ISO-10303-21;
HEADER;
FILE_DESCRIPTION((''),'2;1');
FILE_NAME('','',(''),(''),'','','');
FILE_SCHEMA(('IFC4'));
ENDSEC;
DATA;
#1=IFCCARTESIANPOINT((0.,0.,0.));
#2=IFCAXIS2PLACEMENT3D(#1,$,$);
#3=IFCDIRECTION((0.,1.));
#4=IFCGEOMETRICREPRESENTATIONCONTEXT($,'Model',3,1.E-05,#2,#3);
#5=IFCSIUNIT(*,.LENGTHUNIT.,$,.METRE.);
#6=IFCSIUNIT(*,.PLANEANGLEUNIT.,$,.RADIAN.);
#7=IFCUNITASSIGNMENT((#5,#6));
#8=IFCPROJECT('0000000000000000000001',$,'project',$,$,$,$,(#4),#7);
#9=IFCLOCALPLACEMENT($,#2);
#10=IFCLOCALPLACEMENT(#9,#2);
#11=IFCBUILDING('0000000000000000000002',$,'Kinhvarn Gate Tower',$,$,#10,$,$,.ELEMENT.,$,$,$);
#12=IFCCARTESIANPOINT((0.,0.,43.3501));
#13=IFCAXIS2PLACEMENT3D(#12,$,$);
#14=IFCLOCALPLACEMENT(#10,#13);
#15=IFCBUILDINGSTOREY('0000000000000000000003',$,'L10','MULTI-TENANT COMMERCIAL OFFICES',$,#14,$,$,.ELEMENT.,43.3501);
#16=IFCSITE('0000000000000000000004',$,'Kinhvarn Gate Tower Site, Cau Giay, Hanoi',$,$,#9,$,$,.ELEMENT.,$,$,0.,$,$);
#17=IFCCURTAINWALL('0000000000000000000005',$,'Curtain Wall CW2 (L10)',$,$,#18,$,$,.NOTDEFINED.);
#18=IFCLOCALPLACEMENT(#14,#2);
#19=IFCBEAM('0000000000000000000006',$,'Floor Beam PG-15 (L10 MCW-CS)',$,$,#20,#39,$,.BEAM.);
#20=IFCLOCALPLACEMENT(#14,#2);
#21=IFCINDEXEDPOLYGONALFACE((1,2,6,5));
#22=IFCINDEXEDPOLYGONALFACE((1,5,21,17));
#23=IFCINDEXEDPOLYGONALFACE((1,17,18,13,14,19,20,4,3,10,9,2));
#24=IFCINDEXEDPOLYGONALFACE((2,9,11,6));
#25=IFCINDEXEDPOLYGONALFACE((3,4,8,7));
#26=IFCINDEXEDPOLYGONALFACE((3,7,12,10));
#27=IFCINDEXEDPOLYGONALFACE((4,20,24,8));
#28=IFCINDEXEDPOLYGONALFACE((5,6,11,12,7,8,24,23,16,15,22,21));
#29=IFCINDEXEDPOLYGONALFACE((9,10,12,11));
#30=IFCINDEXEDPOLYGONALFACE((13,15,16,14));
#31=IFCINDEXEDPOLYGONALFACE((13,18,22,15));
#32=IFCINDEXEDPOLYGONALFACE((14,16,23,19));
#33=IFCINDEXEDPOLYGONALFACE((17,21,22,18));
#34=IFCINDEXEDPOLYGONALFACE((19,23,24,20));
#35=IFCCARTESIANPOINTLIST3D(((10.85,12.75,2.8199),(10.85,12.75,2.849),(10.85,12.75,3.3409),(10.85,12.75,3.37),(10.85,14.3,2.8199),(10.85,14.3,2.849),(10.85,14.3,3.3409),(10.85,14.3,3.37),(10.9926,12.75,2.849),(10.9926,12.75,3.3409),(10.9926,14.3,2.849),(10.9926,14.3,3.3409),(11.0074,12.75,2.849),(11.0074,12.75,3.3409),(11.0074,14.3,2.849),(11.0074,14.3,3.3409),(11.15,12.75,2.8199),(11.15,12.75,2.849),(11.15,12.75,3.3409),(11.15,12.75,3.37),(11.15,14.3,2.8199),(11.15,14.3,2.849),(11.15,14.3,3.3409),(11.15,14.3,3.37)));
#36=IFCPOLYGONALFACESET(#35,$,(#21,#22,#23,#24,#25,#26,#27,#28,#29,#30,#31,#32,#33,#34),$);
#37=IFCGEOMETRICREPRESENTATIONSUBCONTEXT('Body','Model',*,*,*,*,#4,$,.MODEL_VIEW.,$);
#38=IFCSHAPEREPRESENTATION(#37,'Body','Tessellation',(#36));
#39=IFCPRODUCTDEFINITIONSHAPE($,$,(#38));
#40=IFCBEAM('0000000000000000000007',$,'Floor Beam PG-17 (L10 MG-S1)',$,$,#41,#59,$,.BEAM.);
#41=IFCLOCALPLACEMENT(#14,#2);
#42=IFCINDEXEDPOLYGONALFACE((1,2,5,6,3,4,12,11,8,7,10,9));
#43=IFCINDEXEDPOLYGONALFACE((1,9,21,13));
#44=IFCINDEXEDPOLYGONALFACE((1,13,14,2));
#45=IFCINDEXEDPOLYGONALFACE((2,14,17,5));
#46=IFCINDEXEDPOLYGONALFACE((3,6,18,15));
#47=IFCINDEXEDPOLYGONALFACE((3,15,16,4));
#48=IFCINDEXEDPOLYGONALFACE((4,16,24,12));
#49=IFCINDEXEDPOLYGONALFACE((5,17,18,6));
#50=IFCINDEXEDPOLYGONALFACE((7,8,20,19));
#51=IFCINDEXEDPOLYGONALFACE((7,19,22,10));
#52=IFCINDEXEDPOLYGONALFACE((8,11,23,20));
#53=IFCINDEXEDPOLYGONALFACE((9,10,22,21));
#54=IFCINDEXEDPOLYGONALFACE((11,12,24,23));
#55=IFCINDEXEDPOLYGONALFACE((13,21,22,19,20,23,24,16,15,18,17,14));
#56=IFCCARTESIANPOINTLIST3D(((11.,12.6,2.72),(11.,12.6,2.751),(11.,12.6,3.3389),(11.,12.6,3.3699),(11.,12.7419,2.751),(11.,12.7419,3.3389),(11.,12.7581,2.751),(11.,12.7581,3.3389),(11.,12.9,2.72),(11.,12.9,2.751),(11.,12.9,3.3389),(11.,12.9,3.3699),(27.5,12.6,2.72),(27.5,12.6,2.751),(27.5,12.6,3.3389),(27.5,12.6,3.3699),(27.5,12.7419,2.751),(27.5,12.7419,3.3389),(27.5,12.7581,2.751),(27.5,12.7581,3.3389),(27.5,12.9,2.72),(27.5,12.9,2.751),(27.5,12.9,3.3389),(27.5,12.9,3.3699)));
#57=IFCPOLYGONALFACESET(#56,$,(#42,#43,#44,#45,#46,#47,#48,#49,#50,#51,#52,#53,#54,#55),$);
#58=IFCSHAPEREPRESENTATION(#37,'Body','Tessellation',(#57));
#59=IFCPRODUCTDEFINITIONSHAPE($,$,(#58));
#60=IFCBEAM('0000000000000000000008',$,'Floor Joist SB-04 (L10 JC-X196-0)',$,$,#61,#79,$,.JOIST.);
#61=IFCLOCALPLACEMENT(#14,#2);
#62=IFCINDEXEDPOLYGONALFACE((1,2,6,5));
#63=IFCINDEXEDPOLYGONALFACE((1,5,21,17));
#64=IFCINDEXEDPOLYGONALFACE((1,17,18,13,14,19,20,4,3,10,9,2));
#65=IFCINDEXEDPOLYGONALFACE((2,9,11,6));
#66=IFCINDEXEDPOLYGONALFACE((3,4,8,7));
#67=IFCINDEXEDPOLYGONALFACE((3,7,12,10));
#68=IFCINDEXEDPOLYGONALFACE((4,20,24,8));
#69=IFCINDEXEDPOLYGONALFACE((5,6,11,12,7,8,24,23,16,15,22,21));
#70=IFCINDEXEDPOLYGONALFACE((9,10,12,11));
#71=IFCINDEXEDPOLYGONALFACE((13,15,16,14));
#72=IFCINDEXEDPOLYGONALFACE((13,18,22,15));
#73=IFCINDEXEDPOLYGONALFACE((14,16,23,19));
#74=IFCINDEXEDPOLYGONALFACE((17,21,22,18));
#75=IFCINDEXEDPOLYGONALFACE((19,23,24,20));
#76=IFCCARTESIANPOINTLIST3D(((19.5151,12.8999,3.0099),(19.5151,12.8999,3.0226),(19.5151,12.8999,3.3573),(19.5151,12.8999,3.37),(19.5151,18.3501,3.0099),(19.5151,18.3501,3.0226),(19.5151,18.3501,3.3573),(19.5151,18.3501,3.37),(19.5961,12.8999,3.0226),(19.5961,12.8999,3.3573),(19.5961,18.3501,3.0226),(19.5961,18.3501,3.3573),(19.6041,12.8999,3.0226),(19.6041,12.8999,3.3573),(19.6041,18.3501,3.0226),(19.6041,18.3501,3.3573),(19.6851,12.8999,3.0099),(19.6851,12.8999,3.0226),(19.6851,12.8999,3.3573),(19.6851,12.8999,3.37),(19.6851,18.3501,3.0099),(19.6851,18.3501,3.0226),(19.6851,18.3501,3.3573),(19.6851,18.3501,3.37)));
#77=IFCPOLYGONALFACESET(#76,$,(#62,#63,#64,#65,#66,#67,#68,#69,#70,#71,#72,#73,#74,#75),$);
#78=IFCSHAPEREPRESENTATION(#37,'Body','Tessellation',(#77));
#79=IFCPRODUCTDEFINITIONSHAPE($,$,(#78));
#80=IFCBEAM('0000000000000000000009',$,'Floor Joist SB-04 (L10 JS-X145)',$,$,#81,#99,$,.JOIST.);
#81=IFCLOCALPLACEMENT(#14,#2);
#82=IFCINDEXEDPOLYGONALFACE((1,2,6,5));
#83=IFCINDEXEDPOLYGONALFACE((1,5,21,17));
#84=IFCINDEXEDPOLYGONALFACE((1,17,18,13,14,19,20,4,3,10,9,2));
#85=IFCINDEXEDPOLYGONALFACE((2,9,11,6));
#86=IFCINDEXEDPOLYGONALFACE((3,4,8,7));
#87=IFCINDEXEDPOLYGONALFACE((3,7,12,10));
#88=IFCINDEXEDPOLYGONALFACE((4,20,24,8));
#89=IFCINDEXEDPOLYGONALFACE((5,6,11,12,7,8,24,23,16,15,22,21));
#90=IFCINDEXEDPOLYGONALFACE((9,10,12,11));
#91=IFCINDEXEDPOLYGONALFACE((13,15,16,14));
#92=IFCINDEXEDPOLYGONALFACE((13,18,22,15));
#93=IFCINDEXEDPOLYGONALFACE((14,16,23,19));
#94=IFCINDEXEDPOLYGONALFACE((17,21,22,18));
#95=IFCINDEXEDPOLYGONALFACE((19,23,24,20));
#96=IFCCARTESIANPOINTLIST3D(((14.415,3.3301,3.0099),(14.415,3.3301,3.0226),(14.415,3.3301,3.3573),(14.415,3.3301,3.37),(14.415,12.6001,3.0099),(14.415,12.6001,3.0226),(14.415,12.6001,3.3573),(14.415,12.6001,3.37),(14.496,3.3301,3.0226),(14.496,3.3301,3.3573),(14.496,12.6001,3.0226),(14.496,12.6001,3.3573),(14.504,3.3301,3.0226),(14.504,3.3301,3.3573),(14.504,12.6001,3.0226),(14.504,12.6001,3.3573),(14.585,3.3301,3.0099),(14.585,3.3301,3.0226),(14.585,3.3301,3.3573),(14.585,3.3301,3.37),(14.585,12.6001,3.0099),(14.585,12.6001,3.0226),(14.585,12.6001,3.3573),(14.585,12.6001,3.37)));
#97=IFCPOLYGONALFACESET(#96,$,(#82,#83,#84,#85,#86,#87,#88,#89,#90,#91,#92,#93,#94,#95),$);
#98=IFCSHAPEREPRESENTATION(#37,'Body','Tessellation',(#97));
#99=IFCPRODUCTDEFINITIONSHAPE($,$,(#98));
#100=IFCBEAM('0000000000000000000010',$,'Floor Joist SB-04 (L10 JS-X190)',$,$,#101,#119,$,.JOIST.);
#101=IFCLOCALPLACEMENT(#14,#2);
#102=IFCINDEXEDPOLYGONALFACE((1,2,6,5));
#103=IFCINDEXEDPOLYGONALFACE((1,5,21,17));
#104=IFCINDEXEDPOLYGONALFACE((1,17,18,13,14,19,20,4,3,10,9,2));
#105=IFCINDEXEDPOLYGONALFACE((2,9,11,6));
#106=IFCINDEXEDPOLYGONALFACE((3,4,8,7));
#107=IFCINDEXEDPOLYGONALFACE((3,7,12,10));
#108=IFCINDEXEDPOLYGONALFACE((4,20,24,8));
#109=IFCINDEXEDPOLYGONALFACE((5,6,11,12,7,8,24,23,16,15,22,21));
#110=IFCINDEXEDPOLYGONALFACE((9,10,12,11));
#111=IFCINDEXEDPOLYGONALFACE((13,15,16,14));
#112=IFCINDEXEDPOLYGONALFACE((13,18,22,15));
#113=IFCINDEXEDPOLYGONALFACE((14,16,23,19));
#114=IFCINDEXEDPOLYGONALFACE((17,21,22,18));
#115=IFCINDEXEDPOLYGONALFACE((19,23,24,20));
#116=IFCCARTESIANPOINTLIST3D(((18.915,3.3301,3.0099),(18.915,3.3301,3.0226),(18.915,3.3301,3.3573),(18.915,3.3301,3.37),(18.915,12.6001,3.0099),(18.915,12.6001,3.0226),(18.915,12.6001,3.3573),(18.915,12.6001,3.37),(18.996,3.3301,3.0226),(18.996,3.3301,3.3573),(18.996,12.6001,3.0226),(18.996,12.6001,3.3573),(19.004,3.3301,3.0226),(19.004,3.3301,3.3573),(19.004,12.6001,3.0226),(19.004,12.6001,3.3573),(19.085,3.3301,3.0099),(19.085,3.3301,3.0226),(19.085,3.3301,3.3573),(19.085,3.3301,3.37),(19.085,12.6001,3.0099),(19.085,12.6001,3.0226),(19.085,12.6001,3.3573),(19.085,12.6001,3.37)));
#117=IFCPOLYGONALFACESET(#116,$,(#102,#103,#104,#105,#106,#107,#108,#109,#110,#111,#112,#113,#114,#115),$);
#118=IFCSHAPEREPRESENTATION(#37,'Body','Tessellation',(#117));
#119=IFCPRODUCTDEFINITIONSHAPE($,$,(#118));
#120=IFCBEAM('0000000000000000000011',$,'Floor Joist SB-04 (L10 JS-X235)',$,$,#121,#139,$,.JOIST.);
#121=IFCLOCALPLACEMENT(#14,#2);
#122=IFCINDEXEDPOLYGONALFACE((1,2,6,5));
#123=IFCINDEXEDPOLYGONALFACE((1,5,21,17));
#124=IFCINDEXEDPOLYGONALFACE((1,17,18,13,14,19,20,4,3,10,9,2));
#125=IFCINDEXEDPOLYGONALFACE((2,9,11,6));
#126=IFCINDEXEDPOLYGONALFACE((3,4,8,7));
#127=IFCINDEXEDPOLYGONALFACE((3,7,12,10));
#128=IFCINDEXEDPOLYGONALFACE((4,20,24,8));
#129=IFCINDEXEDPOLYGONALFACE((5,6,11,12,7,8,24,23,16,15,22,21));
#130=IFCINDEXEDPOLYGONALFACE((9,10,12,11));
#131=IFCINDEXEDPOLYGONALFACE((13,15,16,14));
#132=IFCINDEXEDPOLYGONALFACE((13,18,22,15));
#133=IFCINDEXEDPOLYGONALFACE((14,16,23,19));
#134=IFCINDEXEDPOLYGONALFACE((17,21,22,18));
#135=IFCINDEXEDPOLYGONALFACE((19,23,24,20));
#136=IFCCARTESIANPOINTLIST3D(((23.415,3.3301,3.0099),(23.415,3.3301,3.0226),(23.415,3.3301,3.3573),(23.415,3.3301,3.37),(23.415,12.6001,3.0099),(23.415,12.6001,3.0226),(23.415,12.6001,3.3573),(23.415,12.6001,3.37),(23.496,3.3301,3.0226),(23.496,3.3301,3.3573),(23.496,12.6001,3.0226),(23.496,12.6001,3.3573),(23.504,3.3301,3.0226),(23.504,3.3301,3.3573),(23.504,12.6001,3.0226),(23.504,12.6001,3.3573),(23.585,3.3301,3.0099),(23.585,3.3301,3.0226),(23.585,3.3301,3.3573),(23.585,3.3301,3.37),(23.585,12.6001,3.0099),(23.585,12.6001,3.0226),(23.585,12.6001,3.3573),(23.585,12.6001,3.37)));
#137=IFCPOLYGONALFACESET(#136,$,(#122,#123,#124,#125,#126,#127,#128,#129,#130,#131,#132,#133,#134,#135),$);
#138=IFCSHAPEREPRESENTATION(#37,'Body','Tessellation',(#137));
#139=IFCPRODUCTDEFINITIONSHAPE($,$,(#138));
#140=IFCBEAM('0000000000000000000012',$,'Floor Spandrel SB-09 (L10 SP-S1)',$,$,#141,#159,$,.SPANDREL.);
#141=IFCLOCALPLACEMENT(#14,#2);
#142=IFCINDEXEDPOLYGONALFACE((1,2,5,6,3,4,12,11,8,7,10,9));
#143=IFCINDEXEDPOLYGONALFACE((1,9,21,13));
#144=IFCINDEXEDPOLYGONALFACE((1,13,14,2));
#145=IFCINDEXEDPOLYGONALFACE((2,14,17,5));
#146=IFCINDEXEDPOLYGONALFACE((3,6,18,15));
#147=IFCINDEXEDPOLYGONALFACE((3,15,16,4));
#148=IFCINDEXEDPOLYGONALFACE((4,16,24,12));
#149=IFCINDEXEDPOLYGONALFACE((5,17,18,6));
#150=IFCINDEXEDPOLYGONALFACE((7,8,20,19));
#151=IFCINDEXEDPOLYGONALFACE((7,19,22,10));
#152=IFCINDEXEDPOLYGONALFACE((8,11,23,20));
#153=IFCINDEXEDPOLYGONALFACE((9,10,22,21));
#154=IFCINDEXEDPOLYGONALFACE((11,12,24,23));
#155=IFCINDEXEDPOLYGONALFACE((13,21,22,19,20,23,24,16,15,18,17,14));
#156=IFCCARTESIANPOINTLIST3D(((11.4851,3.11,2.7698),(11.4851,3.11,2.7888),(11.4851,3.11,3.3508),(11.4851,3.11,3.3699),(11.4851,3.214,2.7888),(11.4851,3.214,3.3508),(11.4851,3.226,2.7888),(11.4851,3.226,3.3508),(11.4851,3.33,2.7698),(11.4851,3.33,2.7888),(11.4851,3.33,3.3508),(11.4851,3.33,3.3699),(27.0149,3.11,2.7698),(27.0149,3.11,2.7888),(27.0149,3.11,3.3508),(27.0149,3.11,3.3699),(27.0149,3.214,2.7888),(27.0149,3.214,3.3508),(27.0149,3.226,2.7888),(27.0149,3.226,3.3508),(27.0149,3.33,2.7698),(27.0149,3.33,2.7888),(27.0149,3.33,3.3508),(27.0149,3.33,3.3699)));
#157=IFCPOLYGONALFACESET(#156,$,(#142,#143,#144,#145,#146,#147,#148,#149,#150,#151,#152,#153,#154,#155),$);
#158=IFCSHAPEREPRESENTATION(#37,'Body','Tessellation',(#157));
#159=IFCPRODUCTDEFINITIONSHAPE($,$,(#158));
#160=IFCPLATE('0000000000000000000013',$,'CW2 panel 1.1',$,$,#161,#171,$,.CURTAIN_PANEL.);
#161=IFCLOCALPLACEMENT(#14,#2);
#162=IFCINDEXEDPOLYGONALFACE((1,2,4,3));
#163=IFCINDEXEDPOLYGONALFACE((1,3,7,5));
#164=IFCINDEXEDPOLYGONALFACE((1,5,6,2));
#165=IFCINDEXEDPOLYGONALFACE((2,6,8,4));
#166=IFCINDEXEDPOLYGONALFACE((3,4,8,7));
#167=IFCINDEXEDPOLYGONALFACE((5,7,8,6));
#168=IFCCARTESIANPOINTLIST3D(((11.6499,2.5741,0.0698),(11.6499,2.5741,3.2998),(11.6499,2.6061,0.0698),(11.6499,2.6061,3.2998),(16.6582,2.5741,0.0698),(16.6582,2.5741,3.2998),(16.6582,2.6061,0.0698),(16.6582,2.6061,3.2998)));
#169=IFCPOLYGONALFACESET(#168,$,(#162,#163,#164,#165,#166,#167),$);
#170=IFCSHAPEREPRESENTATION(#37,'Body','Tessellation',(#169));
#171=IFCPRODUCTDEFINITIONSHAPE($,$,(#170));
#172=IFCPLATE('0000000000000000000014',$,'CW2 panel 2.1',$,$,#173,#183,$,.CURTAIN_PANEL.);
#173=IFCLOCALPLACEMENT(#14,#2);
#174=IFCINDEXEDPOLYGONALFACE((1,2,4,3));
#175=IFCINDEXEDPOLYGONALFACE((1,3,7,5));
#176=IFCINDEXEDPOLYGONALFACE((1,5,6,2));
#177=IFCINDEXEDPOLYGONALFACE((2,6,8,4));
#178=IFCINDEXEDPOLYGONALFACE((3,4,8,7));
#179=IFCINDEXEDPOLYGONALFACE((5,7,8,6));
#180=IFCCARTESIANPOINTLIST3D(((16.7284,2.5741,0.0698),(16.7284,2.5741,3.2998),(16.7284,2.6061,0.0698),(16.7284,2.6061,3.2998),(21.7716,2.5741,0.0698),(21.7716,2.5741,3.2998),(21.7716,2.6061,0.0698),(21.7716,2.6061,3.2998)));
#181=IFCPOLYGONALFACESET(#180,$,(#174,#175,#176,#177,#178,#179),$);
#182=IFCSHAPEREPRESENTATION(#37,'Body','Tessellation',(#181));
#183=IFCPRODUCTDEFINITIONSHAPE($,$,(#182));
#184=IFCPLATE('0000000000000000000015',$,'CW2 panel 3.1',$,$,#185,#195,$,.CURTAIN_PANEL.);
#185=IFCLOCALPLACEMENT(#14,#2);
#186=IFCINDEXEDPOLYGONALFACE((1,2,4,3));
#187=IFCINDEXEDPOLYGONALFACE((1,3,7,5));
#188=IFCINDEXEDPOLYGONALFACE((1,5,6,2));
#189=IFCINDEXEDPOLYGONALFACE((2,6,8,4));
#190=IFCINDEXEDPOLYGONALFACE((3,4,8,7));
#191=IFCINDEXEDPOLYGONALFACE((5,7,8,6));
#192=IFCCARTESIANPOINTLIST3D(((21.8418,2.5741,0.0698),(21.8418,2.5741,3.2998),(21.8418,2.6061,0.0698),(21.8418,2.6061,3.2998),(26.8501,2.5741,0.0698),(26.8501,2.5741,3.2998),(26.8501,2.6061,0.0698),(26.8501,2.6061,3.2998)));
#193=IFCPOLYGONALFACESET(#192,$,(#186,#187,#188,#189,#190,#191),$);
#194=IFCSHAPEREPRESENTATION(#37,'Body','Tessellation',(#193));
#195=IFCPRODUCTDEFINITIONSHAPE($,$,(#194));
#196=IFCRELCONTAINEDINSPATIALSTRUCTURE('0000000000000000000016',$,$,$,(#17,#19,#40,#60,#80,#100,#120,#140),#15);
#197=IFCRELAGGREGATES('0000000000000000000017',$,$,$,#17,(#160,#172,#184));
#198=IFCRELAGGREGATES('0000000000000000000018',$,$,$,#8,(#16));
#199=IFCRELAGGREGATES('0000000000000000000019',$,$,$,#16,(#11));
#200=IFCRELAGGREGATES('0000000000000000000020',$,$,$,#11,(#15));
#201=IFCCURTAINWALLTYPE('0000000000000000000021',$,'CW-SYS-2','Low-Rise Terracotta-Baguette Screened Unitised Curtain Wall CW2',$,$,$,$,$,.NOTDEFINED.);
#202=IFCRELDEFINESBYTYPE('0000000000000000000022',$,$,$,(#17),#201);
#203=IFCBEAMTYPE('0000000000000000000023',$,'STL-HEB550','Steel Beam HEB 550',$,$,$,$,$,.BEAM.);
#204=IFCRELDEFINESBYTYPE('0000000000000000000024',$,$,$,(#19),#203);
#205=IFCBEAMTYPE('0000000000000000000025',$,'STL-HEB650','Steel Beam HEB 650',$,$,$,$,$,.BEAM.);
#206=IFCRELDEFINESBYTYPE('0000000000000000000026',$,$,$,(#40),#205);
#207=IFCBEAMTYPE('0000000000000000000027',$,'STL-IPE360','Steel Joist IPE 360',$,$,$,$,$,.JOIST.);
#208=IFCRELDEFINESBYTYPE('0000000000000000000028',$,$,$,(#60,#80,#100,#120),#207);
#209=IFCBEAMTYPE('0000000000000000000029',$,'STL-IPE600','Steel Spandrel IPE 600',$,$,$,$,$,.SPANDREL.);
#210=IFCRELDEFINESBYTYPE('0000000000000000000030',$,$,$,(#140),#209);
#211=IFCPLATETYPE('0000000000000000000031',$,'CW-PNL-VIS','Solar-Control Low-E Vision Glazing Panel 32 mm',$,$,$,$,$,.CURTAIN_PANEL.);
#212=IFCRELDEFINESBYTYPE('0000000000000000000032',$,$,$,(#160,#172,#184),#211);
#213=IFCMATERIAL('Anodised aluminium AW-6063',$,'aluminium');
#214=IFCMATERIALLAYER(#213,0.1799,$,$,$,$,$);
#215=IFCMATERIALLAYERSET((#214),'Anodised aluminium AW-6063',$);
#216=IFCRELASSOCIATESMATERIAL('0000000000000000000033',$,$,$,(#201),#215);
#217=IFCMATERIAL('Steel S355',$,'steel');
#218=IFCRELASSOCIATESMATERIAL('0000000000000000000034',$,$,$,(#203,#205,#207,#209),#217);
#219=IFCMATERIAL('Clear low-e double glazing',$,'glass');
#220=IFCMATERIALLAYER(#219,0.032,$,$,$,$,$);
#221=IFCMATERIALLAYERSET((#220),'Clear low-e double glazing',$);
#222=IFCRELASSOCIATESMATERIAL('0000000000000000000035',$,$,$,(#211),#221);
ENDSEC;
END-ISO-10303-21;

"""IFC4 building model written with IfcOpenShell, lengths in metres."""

from ifc_helpers import new_model, si_unit, direction, frame, origin, origin_2d, place, context, subcontext, project, spatial, rectangle, i_section, extrude, material, layer, layer_set, material_profile, profile_set, type_object, element, aggregate, save


model = new_model("IFC4")

# Units and contexts
model_context = context("Model", 3, precision=1e-05, world=origin(), true_north=direction((0.0, 1.0)))
body_context = subcontext(model_context, "Body", "Model", "MODEL_VIEW")
ifc_project = project(units=[si_unit("LENGTHUNIT", "METRE"), si_unit("PLANEANGLEUNIT", "RADIAN")], contexts=[model_context])

# Site, building, storey
site_placement = place(None, origin())
site = spatial("IfcSite", under=ifc_project, at=site_placement, Name="Kinhvarn Gate Tower Site, Cau Giay, Hanoi", CompositionType="ELEMENT", RefElevation=0.0)
building_placement = place(site_placement, origin())
building = spatial("IfcBuilding", under=site, at=building_placement, Name="Kinhvarn Gate Tower", CompositionType="ELEMENT")
storey_placement = place(building_placement, frame((0.0, 0.0, 43.3501)))
storey = spatial("IfcBuildingStorey", under=building, at=storey_placement, Name="L10", Description="MULTI-TENANT COMMERCIAL OFFICES", CompositionType="ELEMENT", Elevation=43.3501)

# Shared definitions
ifc_material_1 = material(Name="Anodised aluminium AW-6063", Category="aluminium")
ifc_layer_1 = layer(ifc_material_1, 0.1799)
ifc_layer_set_1 = layer_set([ifc_layer_1], Name="Anodised aluminium AW-6063")
curtain_wall_type = type_object("IfcCurtainWallType", Name="CW-SYS-2", Description="Low-Rise Terracotta-Baguette Screened Unitised Curtain Wall CW2", PredefinedType="NOTDEFINED", material=ifc_layer_set_1)

# Curtain wall
curtain_wall_1_placement = place(storey_placement, origin())
curtain_wall_1 = element("IfcCurtainWall", 1, at=curtain_wall_1_placement, inside=storey, type_object=curtain_wall_type, Name="Curtain Wall CW2 (L10)", PredefinedType="NOTDEFINED")

# Beams
ifc_material_2 = material(Name="Steel S355", Category="steel")
ifc_material_profile_1 = material_profile(ifc_material_2, i_section(OverallWidth=0.3, OverallDepth=0.55, WebThickness=0.0149, FlangeThickness=0.0291, at=origin_2d()), Name="HEB 550")
ifc_profile_set_1 = profile_set([ifc_material_profile_1], Name="Steel S355")
beam_type_1 = type_object("IfcBeamType", Name="STL-HEB550", Description="Steel Beam HEB 550", PredefinedType="BEAM", material=ifc_profile_set_1)
beam_1_placement = place(storey_placement, frame((11.0, 12.75, 3.095), z_axis=(0.0, 1.0, 0.0), x_axis=(-1.0, 0.0, 0.0)))
element("IfcBeam", 2, at=beam_1_placement, inside=storey, type_object=beam_type_1, Name="Floor Beam PG-15 (L10 MCW-CS)", PredefinedType="BEAM", context=body_context, shape_type="SweptSolid", body=[
    extrude(i_section(OverallWidth=0.3, OverallDepth=0.55, WebThickness=0.0149, FlangeThickness=0.0291, at=origin_2d()), origin(), (0.0, 0.0, 1.0), 1.55),
])
ifc_material_profile_2 = material_profile(ifc_material_2, i_section(OverallWidth=0.3, OverallDepth=0.6499, WebThickness=0.0161, FlangeThickness=0.031, at=origin_2d()), Name="HEB 650")
ifc_profile_set_2 = profile_set([ifc_material_profile_2], Name="Steel S355")
beam_type_2 = type_object("IfcBeamType", Name="STL-HEB650", Description="Steel Beam HEB 650", PredefinedType="BEAM", material=ifc_profile_set_2)
beam_2_placement = place(storey_placement, frame((11.0, 12.75, 3.0449), z_axis=(1.0, 0.0, 0.0), x_axis=(0.0, 1.0, 0.0)))
element("IfcBeam", 3, at=beam_2_placement, inside=storey, type_object=beam_type_2, Name="Floor Beam PG-17 (L10 MG-S1)", PredefinedType="BEAM", context=body_context, shape_type="SweptSolid", body=[
    extrude(i_section(OverallWidth=0.3, OverallDepth=0.6499, WebThickness=0.0161, FlangeThickness=0.031, at=origin_2d()), origin(), (0.0, 0.0, 1.0), 16.5),
])
ifc_material_profile_3 = material_profile(ifc_material_2, i_section(OverallWidth=0.1699, OverallDepth=0.3601, WebThickness=0.0081, FlangeThickness=0.0127, at=origin_2d()), Name="IPE 360")
ifc_profile_set_3 = profile_set([ifc_material_profile_3], Name="Steel S355")
beam_type_3 = type_object("IfcBeamType", Name="STL-IPE360", Description="Steel Joist IPE 360", PredefinedType="JOIST", material=ifc_profile_set_3)
beam_3_placement = place(storey_placement, frame((19.6001, 12.8999, 3.1899), z_axis=(0.0, 1.0, 0.0), x_axis=(-1.0, 0.0, 0.0)))
element("IfcBeam", 4, at=beam_3_placement, inside=storey, type_object=beam_type_3, Name="Floor Joist SB-04 (L10 JC-X196-0)", PredefinedType="JOIST", context=body_context, shape_type="SweptSolid", body=[
    extrude(i_section(OverallWidth=0.1699, OverallDepth=0.3601, WebThickness=0.0081, FlangeThickness=0.0127, at=origin_2d()), origin(), (0.0, 0.0, 1.0), 5.4502),
])
for number, where, z_axis, x_axis, name in (
    (5, (14.5, 3.3301, 3.1899), (0.0, 1.0, 0.0), (-1.0, 0.0, 0.0), "Floor Joist SB-04 (L10 JS-X145)"),
    (6, (19.0, 3.3301, 3.1899), (0.0, 1.0, 0.0), (-1.0, 0.0, 0.0), "Floor Joist SB-04 (L10 JS-X190)"),
    (7, (23.5, 3.3301, 3.1899), (0.0, 1.0, 0.0), (-1.0, 0.0, 0.0), "Floor Joist SB-04 (L10 JS-X235)"),
):
    element("IfcBeam", number, at=place(storey_placement, frame(where, z_axis=z_axis, x_axis=x_axis)), inside=storey, type_object=beam_type_3, Name=name, PredefinedType="JOIST", context=body_context, shape_type="SweptSolid", body=[
        extrude(i_section(OverallWidth=0.1699, OverallDepth=0.3601, WebThickness=0.0081, FlangeThickness=0.0127, at=origin_2d()), origin(), (0.0, 0.0, 1.0), 9.27),
    ])
ifc_material_profile_4 = material_profile(ifc_material_2, i_section(OverallWidth=0.22, OverallDepth=0.6001, WebThickness=0.012, FlangeThickness=0.019, at=origin_2d()), Name="IPE 600")
ifc_profile_set_4 = profile_set([ifc_material_profile_4], Name="Steel S355")
beam_type_4 = type_object("IfcBeamType", Name="STL-IPE600", Description="Steel Spandrel IPE 600", PredefinedType="SPANDREL", material=ifc_profile_set_4)
beam_4_placement = place(storey_placement, frame((11.4851, 3.22, 3.0698), z_axis=(1.0, 0.0, 0.0), x_axis=(0.0, 1.0, 0.0)))
element("IfcBeam", 8, at=beam_4_placement, inside=storey, type_object=beam_type_4, Name="Floor Spandrel SB-09 (L10 SP-S1)", PredefinedType="SPANDREL", context=body_context, shape_type="SweptSolid", body=[
    extrude(i_section(OverallWidth=0.22, OverallDepth=0.6001, WebThickness=0.012, FlangeThickness=0.019, at=origin_2d()), origin(), (0.0, 0.0, 1.0), 15.5298),
])

# Plates
ifc_material_3 = material(Name="Clear low-e double glazing", Category="glass")
ifc_layer_2 = layer(ifc_material_3, 0.032)
ifc_layer_set_2 = layer_set([ifc_layer_2], Name="Clear low-e double glazing")
plate_type = type_object("IfcPlateType", Name="CW-PNL-VIS", Description="Solar-Control Low-E Vision Glazing Panel 32 mm", PredefinedType="CURTAIN_PANEL", material=ifc_layer_set_2)
plate_1_placement = place(storey_placement, frame((14.1541, 2.5901, 0.0698), z_axis=(0.0, 0.0, 1.0), x_axis=(1.0, 0.0, 0.0)))
plate_1 = element("IfcPlate", 9, at=plate_1_placement, type_object=plate_type, Name="CW2 panel 1.1", PredefinedType="CURTAIN_PANEL", context=body_context, shape_type="SweptSolid", body=[
    extrude(rectangle(XDim=5.0083, YDim=0.032, at=origin_2d()), origin(), (0.0, 0.0, 1.0), 3.23),
])
plate_2_placement = place(storey_placement, frame((19.25, 2.5901, 0.0698), z_axis=(0.0, 0.0, 1.0), x_axis=(1.0, 0.0, 0.0)))
plate_2 = element("IfcPlate", 10, at=plate_2_placement, type_object=plate_type, Name="CW2 panel 2.1", PredefinedType="CURTAIN_PANEL", context=body_context, shape_type="SweptSolid", body=[
    extrude(rectangle(XDim=5.0432, YDim=0.032, at=origin_2d()), origin(), (0.0, 0.0, 1.0), 3.23),
])
plate_3_placement = place(storey_placement, frame((24.3459, 2.5901, 0.0698), z_axis=(0.0, 0.0, 1.0), x_axis=(1.0, 0.0, 0.0)))
plate_3 = element("IfcPlate", 11, at=plate_3_placement, type_object=plate_type, Name="CW2 panel 3.1", PredefinedType="CURTAIN_PANEL", context=body_context, shape_type="SweptSolid", body=[
    extrude(rectangle(XDim=5.0083, YDim=0.032, at=origin_2d()), origin(), (0.0, 0.0, 1.0), 3.23),
])
aggregate(curtain_wall_1, [plate_1, plate_2, plate_3])

save(model, "model.ifc")
